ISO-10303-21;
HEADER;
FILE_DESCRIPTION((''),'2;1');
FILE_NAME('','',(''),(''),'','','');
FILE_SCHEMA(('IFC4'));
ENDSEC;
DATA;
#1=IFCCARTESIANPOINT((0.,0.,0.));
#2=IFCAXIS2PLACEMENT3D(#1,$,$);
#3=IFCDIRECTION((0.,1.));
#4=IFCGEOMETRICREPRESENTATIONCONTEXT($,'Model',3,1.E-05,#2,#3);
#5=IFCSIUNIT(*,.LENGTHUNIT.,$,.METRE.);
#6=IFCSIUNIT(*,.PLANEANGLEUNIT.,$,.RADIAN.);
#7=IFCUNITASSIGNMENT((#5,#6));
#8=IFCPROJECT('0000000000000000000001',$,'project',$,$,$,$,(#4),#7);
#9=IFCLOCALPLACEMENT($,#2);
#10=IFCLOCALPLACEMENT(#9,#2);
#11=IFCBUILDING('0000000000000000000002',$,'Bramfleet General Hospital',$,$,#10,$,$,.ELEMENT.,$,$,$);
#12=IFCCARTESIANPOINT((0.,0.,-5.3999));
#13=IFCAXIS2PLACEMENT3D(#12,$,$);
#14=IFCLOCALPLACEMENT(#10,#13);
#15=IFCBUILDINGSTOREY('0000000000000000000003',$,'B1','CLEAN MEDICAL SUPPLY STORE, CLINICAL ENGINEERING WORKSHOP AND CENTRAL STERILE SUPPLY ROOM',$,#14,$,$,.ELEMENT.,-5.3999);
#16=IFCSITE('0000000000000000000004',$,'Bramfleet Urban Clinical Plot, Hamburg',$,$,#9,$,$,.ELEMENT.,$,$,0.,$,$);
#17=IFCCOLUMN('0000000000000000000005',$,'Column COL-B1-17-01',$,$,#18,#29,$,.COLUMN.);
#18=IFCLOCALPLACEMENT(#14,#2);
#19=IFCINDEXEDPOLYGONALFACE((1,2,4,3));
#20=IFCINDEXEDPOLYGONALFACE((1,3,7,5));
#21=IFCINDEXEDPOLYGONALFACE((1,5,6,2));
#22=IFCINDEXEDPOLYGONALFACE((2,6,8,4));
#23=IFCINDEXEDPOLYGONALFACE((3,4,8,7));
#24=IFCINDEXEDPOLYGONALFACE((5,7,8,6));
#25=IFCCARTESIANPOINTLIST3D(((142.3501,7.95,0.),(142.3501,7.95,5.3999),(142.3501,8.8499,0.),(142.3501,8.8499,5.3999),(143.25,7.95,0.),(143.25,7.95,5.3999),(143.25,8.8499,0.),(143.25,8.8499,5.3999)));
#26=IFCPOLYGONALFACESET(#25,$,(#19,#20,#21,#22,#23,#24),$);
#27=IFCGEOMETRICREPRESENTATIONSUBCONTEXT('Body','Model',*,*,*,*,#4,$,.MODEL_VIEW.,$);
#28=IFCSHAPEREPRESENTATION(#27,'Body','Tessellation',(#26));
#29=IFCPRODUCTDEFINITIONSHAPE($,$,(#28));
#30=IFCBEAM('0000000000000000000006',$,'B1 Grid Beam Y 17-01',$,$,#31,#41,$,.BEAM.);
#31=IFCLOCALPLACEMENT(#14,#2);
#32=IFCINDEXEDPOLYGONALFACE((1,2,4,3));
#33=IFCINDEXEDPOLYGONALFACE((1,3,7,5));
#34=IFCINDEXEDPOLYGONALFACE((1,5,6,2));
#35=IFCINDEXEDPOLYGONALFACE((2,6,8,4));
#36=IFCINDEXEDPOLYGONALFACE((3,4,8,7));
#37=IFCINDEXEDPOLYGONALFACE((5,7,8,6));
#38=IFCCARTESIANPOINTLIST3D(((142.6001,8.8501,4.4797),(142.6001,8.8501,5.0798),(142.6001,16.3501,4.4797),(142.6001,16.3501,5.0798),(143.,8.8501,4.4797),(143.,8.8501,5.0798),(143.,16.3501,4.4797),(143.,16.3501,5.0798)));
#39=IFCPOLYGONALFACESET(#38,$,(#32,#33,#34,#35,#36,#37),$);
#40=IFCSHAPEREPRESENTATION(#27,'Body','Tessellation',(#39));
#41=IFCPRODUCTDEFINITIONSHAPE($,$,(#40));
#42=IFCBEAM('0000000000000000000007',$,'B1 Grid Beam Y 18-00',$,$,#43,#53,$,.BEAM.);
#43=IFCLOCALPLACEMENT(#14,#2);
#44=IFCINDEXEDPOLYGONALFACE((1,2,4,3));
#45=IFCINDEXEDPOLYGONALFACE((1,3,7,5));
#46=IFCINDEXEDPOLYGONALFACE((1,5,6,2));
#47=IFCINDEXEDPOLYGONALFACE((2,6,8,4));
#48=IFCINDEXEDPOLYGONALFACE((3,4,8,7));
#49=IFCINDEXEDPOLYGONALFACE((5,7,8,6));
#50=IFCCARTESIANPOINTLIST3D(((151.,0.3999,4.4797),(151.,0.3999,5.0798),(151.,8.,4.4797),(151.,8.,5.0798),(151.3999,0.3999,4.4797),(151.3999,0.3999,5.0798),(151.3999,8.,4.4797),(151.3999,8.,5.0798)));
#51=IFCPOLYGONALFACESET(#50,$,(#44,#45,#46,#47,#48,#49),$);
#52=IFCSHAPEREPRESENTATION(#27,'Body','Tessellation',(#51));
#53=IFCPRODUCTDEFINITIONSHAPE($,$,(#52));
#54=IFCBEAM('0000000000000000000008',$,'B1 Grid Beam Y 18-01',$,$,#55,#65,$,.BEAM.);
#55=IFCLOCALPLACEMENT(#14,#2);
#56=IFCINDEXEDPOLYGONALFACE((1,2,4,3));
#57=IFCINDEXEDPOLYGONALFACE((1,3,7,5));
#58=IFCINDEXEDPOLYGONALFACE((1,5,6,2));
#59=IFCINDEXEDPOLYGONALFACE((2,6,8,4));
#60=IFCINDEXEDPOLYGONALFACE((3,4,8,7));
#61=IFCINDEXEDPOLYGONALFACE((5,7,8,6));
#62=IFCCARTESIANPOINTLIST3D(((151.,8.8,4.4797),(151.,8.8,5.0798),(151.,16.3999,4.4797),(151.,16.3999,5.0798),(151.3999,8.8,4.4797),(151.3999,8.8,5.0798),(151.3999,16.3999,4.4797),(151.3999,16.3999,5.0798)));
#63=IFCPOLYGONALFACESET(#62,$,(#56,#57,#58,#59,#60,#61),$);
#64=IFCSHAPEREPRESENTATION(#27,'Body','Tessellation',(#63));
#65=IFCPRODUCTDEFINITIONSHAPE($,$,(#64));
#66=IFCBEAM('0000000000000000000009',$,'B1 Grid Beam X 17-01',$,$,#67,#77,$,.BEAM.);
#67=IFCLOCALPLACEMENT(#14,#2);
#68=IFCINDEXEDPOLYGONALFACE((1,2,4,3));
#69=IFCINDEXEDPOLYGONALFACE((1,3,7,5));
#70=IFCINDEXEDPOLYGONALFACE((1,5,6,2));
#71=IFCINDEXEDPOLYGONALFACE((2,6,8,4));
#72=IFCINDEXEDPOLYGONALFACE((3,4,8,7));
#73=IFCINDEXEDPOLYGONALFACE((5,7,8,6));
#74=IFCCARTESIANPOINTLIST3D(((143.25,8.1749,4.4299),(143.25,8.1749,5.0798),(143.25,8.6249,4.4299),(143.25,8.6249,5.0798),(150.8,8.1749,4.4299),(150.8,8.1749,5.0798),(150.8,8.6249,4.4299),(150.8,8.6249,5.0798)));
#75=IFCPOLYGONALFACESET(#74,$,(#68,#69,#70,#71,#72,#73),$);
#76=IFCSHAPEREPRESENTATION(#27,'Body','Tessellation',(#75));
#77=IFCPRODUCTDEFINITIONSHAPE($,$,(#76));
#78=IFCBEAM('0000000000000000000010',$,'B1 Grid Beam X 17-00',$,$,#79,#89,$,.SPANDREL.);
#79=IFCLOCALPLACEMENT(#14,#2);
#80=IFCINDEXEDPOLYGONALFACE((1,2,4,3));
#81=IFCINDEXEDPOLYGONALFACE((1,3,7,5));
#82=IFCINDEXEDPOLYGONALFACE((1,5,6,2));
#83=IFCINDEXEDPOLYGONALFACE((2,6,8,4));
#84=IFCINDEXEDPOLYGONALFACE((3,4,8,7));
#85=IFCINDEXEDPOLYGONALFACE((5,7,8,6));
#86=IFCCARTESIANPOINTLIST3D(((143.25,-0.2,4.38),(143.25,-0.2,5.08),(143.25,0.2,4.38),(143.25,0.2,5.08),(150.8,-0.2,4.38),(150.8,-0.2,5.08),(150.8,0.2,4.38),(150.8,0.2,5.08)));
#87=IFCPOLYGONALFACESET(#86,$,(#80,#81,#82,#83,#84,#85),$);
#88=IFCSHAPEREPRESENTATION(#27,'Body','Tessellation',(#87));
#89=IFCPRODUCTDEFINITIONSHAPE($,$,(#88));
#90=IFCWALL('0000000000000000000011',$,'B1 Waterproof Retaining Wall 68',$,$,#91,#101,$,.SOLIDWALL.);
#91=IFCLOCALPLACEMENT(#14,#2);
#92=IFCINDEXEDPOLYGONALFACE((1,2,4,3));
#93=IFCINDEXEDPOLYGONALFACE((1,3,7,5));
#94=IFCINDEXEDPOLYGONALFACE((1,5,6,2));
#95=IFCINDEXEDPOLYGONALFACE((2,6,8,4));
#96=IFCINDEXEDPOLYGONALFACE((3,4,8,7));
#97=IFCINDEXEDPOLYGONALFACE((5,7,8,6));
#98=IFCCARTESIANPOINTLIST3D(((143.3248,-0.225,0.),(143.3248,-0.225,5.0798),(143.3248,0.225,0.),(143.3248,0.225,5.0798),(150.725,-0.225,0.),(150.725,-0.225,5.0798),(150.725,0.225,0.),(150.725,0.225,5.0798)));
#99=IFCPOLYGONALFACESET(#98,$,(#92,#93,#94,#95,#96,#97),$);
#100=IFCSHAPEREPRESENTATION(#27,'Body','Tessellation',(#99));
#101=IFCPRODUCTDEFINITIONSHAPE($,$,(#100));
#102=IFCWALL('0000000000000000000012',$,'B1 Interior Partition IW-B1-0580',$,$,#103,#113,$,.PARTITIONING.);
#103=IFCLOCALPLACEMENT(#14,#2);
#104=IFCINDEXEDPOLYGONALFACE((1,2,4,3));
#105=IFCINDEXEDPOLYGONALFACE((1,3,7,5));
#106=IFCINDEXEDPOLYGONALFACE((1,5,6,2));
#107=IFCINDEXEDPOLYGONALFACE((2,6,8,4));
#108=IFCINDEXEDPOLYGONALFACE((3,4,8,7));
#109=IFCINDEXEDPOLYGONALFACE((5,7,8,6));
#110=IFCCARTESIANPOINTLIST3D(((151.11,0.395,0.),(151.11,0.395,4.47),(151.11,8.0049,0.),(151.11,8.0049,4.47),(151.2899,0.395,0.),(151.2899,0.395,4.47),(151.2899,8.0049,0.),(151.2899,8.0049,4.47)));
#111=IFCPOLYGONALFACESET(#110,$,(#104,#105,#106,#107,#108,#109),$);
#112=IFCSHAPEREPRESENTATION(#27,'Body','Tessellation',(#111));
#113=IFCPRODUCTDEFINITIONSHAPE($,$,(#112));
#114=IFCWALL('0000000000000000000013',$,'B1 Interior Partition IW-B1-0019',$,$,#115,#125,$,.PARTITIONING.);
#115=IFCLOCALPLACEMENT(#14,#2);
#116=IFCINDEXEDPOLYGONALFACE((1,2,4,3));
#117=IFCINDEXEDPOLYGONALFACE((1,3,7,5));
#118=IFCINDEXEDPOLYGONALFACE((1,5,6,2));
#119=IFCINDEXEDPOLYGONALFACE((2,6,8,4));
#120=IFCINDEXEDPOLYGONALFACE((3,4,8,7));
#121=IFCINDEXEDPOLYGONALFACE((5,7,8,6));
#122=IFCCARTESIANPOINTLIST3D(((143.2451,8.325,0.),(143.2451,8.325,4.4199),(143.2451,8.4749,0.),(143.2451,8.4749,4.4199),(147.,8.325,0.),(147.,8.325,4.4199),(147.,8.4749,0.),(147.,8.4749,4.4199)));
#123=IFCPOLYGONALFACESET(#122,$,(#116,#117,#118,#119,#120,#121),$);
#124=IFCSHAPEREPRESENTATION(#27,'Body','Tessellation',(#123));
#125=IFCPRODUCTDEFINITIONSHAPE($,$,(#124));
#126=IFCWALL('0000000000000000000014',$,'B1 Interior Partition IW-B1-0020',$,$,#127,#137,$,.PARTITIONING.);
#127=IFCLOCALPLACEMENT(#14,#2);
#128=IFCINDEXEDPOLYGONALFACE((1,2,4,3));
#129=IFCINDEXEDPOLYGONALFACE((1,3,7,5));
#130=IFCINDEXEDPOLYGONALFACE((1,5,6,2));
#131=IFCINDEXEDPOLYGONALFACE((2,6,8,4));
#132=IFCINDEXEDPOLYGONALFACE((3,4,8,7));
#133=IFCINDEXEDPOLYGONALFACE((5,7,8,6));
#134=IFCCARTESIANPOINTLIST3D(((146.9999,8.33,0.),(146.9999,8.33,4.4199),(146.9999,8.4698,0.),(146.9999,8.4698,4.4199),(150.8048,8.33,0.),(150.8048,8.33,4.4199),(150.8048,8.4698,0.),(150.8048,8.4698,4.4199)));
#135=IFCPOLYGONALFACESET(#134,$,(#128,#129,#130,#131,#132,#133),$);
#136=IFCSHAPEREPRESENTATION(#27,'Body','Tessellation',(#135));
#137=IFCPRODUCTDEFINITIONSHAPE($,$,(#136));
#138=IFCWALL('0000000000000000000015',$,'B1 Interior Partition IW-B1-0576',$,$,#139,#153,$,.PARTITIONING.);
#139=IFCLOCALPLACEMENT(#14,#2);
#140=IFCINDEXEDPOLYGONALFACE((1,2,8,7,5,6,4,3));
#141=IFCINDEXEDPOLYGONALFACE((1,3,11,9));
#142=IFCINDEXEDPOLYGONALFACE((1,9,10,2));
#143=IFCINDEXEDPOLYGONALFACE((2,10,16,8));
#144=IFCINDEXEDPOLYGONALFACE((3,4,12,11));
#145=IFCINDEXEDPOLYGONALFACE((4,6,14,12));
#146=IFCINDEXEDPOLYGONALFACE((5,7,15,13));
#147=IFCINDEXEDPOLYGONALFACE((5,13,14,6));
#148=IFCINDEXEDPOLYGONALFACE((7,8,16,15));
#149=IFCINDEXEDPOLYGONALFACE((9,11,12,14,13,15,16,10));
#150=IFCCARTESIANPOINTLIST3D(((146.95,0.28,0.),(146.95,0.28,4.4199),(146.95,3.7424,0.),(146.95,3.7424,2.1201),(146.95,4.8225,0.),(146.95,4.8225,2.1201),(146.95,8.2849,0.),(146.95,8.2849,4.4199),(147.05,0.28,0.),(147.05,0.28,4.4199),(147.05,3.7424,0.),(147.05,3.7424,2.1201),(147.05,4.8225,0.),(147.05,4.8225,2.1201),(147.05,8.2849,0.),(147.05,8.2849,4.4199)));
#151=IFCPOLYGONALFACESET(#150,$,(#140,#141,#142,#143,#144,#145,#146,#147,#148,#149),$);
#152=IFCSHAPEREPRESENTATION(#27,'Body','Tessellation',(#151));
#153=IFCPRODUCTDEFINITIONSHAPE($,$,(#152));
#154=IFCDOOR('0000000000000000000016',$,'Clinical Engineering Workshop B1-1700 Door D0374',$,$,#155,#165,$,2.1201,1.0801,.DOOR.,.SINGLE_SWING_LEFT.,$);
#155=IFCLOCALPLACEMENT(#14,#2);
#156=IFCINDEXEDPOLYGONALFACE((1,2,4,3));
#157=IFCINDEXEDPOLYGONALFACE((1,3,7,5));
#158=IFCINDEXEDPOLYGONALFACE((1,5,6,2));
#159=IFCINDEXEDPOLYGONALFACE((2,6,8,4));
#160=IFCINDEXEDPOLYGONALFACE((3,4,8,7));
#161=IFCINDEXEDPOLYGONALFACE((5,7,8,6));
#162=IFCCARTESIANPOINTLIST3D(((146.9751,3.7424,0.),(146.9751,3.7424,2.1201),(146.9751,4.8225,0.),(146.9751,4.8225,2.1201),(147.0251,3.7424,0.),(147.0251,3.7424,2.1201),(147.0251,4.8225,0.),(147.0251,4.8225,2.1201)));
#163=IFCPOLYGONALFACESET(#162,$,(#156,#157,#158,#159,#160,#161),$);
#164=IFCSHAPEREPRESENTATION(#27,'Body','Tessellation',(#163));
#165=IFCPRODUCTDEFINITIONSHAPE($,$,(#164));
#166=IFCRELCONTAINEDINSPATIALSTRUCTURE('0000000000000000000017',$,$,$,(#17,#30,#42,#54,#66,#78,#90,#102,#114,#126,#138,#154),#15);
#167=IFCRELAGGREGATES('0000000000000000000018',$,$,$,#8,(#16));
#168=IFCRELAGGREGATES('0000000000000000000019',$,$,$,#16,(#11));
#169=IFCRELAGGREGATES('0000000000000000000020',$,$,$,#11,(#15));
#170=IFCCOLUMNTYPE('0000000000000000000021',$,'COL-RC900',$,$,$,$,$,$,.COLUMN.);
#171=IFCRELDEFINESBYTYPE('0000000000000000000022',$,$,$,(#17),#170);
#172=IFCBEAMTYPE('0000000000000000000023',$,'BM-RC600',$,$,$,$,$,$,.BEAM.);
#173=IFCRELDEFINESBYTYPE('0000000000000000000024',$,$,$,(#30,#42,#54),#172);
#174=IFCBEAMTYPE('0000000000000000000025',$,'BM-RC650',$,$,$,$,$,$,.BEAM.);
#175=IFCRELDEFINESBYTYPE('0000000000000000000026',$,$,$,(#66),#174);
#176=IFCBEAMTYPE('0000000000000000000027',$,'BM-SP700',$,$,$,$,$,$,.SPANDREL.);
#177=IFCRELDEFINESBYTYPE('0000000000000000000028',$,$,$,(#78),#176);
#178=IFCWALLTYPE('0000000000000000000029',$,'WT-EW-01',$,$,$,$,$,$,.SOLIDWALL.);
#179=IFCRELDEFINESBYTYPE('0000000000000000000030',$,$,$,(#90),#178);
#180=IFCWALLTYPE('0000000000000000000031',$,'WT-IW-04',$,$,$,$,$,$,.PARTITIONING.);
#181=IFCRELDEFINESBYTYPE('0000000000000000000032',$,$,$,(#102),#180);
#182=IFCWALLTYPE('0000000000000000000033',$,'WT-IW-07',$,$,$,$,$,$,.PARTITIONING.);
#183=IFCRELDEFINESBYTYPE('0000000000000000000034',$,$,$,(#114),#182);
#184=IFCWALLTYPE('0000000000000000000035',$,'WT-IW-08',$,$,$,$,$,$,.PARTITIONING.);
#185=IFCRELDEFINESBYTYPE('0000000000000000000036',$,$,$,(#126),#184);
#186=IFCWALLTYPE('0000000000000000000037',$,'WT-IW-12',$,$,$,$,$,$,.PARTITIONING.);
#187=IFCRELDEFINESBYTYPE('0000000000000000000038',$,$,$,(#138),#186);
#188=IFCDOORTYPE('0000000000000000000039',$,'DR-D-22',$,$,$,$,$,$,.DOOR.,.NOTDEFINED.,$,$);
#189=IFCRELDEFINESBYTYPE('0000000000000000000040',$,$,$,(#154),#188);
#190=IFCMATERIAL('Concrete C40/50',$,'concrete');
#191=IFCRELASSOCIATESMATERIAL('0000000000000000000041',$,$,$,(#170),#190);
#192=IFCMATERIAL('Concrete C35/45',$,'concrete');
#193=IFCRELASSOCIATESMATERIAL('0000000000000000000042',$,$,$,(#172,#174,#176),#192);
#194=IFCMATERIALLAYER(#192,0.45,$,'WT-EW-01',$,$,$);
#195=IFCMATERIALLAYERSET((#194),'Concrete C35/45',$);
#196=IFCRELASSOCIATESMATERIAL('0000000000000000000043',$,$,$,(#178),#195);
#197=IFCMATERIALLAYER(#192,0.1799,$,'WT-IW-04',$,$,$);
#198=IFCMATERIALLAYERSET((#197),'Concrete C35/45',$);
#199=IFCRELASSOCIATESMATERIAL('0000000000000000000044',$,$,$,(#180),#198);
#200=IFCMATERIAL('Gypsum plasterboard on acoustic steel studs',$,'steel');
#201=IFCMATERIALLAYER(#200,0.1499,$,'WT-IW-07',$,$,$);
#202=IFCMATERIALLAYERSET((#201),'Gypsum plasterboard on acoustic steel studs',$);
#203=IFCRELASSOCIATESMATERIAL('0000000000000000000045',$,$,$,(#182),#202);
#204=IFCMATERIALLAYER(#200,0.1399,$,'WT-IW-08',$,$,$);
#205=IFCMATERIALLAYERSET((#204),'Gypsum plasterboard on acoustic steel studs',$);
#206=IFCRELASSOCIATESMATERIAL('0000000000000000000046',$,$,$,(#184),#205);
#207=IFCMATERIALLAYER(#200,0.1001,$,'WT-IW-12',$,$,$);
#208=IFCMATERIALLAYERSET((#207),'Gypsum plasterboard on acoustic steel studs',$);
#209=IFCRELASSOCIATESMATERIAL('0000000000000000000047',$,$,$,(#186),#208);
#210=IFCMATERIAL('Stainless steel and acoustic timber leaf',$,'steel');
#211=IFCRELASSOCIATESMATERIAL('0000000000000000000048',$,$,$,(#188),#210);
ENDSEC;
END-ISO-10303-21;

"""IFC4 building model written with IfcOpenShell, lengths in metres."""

from ifc_helpers import new_model, si_unit, direction, frame, frame_2d, origin, origin_2d, place, context, subcontext, project, spatial, rectangle, extrude, material, layer, layer_set, material_profile, profile_set, type_object, element, fill, save


model = new_model("IFC4")

# Units and contexts
model_context = context("Model", 3, precision=1e-05, world=origin(), true_north=direction((0.0, 1.0)))
body_context = subcontext(model_context, "Body", "Model", "MODEL_VIEW")
ifc_project = project(units=[si_unit("LENGTHUNIT", "METRE"), si_unit("PLANEANGLEUNIT", "RADIAN")], contexts=[model_context])

# Site, building, storey
site_placement = place(None, origin())
site = spatial("IfcSite", under=ifc_project, at=site_placement, Name="Bramfleet Urban Clinical Plot, Hamburg", CompositionType="ELEMENT", RefElevation=0.0)
building_placement = place(site_placement, origin())
building = spatial("IfcBuilding", under=site, at=building_placement, Name="Bramfleet General Hospital", CompositionType="ELEMENT")
storey_placement = place(building_placement, frame((0.0, 0.0, -5.3999)))
storey = spatial("IfcBuildingStorey", under=building, at=storey_placement, Name="B1", Description="CLEAN MEDICAL SUPPLY STORE, CLINICAL ENGINEERING WORKSHOP AND CENTRAL STERILE SUPPLY ROOM", CompositionType="ELEMENT", Elevation=-5.3999)

# Shared definitions
ifc_material_1 = material(Name="Concrete C35/45", Category="concrete")

# Column
ifc_material_2 = material(Name="Concrete C40/50", Category="concrete")
ifc_material_profile_1 = material_profile(ifc_material_2, rectangle(XDim=0.8999, YDim=0.8999, at=origin_2d()), Name="RC COL 900x900")
ifc_profile_set_1 = profile_set([ifc_material_profile_1], Name="Concrete C40/50")
column_type_1 = type_object("IfcColumnType", Name="COL-RC900", PredefinedType="COLUMN", material=ifc_profile_set_1)
column_placement = place(storey_placement, frame((142.8, 8.3999, 0.0), z_axis=(0.0, 0.0, 1.0), x_axis=(1.0, 0.0, 0.0)))
element("IfcColumn", 1, at=column_placement, inside=storey, type_object=column_type_1, Name="Column COL-B1-17-01", PredefinedType="COLUMN", context=body_context, shape_type="SweptSolid", body=[
    extrude(rectangle(XDim=0.8999, YDim=0.8999, at=origin_2d()), origin(), (0.0, 0.0, 1.0), 5.3999),
])

# Beams
ifc_material_profile_2 = material_profile(ifc_material_1, rectangle(XDim=0.3999, YDim=0.6001, at=origin_2d()), Name="RC BM 600x400")
ifc_profile_set_2 = profile_set([ifc_material_profile_2], Name="Concrete C35/45")
beam_type_1 = type_object("IfcBeamType", Name="BM-RC600", PredefinedType="BEAM", material=ifc_profile_set_2)
beam_1_placement = place(storey_placement, frame((142.8, 8.8501, 4.7798), z_axis=(0.0, 1.0, 0.0), x_axis=(-1.0, 0.0, 0.0)))
element("IfcBeam", 2, at=beam_1_placement, inside=storey, type_object=beam_type_1, Name="B1 Grid Beam Y 17-01", PredefinedType="BEAM", context=body_context, shape_type="SweptSolid", body=[
    extrude(rectangle(XDim=0.3999, YDim=0.6001, at=origin_2d()), origin(), (0.0, 0.0, 1.0), 7.5),
])
beam_2_placement = place(storey_placement, frame((151.2, 0.3999, 4.7798), z_axis=(0.0, 1.0, 0.0), x_axis=(-1.0, 0.0, 0.0)))
element("IfcBeam", 3, at=beam_2_placement, inside=storey, type_object=beam_type_1, Name="B1 Grid Beam Y 18-00", PredefinedType="BEAM", context=body_context, shape_type="SweptSolid", body=[
    extrude(rectangle(XDim=0.3999, YDim=0.6001, at=origin_2d()), origin(), (0.0, 0.0, 1.0), 7.6001),
])
beam_3_placement = place(storey_placement, frame((151.2, 8.8, 4.7798), z_axis=(0.0, 1.0, 0.0), x_axis=(-1.0, 0.0, 0.0)))
element("IfcBeam", 4, at=beam_3_placement, inside=storey, type_object=beam_type_1, Name="B1 Grid Beam Y 18-01", PredefinedType="BEAM", context=body_context, shape_type="SweptSolid", body=[
    extrude(rectangle(XDim=0.3999, YDim=0.6001, at=origin_2d()), origin(), (0.0, 0.0, 1.0), 7.5999),
])
ifc_material_profile_3 = material_profile(ifc_material_1, rectangle(XDim=0.45, YDim=0.6499, at=origin_2d()), Name="RC BM 650x450")
ifc_profile_set_3 = profile_set([ifc_material_profile_3], Name="Concrete C35/45")
beam_type_2 = type_object("IfcBeamType", Name="BM-RC650", PredefinedType="BEAM", material=ifc_profile_set_3)
beam_4_placement = place(storey_placement, frame((143.25, 8.3999, 4.7549), z_axis=(1.0, 0.0, 0.0), x_axis=(0.0, 1.0, 0.0)))
element("IfcBeam", 5, at=beam_4_placement, inside=storey, type_object=beam_type_2, Name="B1 Grid Beam X 17-01", PredefinedType="BEAM", context=body_context, shape_type="SweptSolid", body=[
    extrude(rectangle(XDim=0.45, YDim=0.6499, at=origin_2d()), origin(), (0.0, 0.0, 1.0), 7.55),
])
ifc_material_profile_4 = material_profile(ifc_material_1, rectangle(XDim=0.3999, YDim=0.7, at=origin_2d()), Name="RC SP 700x400")
ifc_profile_set_4 = profile_set([ifc_material_profile_4], Name="Concrete C35/45")
beam_type_3 = type_object("IfcBeamType", Name="BM-SP700", PredefinedType="SPANDREL", material=ifc_profile_set_4)
beam_5_placement = place(storey_placement, frame((143.25, 0.0, 4.73), z_axis=(1.0, 0.0, 0.0), x_axis=(0.0, 1.0, 0.0)))
element("IfcBeam", 6, at=beam_5_placement, inside=storey, type_object=beam_type_3, Name="B1 Grid Beam X 17-00", PredefinedType="SPANDREL", context=body_context, shape_type="SweptSolid", body=[
    extrude(rectangle(XDim=0.3999, YDim=0.7, at=origin_2d()), origin(), (0.0, 0.0, 1.0), 7.55),
])

# Walls
ifc_layer_1 = layer(ifc_material_1, 0.45, Name="WT-EW-01")
ifc_layer_set_1 = layer_set([ifc_layer_1], Name="Concrete C35/45")
wall_type_1 = type_object("IfcWallType", Name="WT-EW-01", PredefinedType="SOLIDWALL", material=ifc_layer_set_1)
wall_1_placement = place(storey_placement, frame((150.7251, 0.0, 0.0), z_axis=(0.0, 0.0, 1.0), x_axis=(-1.0, 0.0, 0.0)))
element("IfcWall", 7, at=wall_1_placement, inside=storey, type_object=wall_type_1, Name="B1 Waterproof Retaining Wall 68", PredefinedType="SOLIDWALL", context=body_context, shape_type="SweptSolid", body=[
    extrude(rectangle(XDim=7.4001, YDim=0.45, at=frame_2d((3.7002, 0.0))), origin(), (0.0, 0.0, 1.0), 5.0798),
])
ifc_layer_2 = layer(ifc_material_1, 0.1799, Name="WT-IW-04")
ifc_layer_set_2 = layer_set([ifc_layer_2], Name="Concrete C35/45")
wall_type_2 = type_object("IfcWallType", Name="WT-IW-04", PredefinedType="PARTITIONING", material=ifc_layer_set_2)
wall_2_placement = place(storey_placement, frame((151.2, 0.395, 0.0), z_axis=(0.0, 0.0, 1.0), x_axis=(0.0, 1.0, 0.0)))
element("IfcWall", 8, at=wall_2_placement, inside=storey, type_object=wall_type_2, Name="B1 Interior Partition IW-B1-0580", PredefinedType="PARTITIONING", context=body_context, shape_type="SweptSolid", body=[
    extrude(rectangle(XDim=7.6099, YDim=0.1799, at=frame_2d((3.8049, 0.0))), origin(), (0.0, 0.0, 1.0), 4.47),
])
ifc_material_3 = material(Name="Gypsum plasterboard on acoustic steel studs", Category="steel")
ifc_layer_3 = layer(ifc_material_3, 0.1499, Name="WT-IW-07")
ifc_layer_set_3 = layer_set([ifc_layer_3], Name="Gypsum plasterboard on acoustic steel studs")
wall_type_3 = type_object("IfcWallType", Name="WT-IW-07", PredefinedType="PARTITIONING", material=ifc_layer_set_3)
wall_3_placement = place(storey_placement, frame((143.2451, 8.3999, 0.0), z_axis=(0.0, 0.0, 1.0), x_axis=(1.0, 0.0, 0.0)))
element("IfcWall", 9, at=wall_3_placement, inside=storey, type_object=wall_type_3, Name="B1 Interior Partition IW-B1-0019", PredefinedType="PARTITIONING", context=body_context, shape_type="SweptSolid", body=[
    extrude(rectangle(XDim=3.7549, YDim=0.1499, at=frame_2d((1.8774, 0.0))), origin(), (0.0, 0.0, 1.0), 4.4199),
])
ifc_layer_4 = layer(ifc_material_3, 0.1399, Name="WT-IW-08")
ifc_layer_set_4 = layer_set([ifc_layer_4], Name="Gypsum plasterboard on acoustic steel studs")
wall_type_4 = type_object("IfcWallType", Name="WT-IW-08", PredefinedType="PARTITIONING", material=ifc_layer_set_4)
wall_4_placement = place(storey_placement, frame((147.0, 8.3999, 0.0), z_axis=(0.0, 0.0, 1.0), x_axis=(1.0, 0.0, 0.0)))
element("IfcWall", 10, at=wall_4_placement, inside=storey, type_object=wall_type_4, Name="B1 Interior Partition IW-B1-0020", PredefinedType="PARTITIONING", context=body_context, shape_type="SweptSolid", body=[
    extrude(rectangle(XDim=3.8049, YDim=0.1399, at=frame_2d((1.9023, 0.0))), origin(), (0.0, 0.0, 1.0), 4.4199),
])

# Wall, opening, door
ifc_layer_5 = layer(ifc_material_3, 0.1001, Name="WT-IW-12")
ifc_layer_set_5 = layer_set([ifc_layer_5], Name="Gypsum plasterboard on acoustic steel studs")
wall_type_5 = type_object("IfcWallType", Name="WT-IW-12", PredefinedType="PARTITIONING", material=ifc_layer_set_5)
wall_5_placement = place(storey_placement, frame((147.0, 0.28, 0.0), z_axis=(0.0, 0.0, 1.0), x_axis=(0.0, 1.0, 0.0)))
wall_5 = element("IfcWall", 11, at=wall_5_placement, inside=storey, type_object=wall_type_5, Name="B1 Interior Partition IW-B1-0576", PredefinedType="PARTITIONING", context=body_context, shape_type="SweptSolid", body=[
    extrude(rectangle(XDim=8.0049, YDim=0.1001, at=frame_2d((4.0024, 0.0))), origin(), (0.0, 0.0, 1.0), 4.4199),
])
opening_placement = place(wall_5_placement, frame((3.4624, 0.0, 0.0)))
opening = element("IfcOpeningElement", 12, at=opening_placement, cuts=wall_5, PredefinedType="OPENING", context=body_context, shape_type="SweptSolid", body=[
    extrude(rectangle(XDim=1.0801, YDim=2.1201, at=frame_2d((0.54, 1.0601))), frame((0.0, 0.0601, 0.0), z_axis=(0.0, -1.0, 0.0), x_axis=(1.0, 0.0, 0.0)), (0.0, 0.0, 1.0), 0.1201),
])
ifc_material_4 = material(Name="Stainless steel and acoustic timber leaf", Category="steel")
door_type = type_object("IfcDoorType", Name="DR-D-22", OperationType="NOTDEFINED", PredefinedType="DOOR", material=ifc_material_4)
door_placement = place(opening_placement, origin())
door = element("IfcDoor", 13, at=door_placement, inside=storey, type_object=door_type, Name="Clinical Engineering Workshop B1-1700 Door D0374", OperationType="SINGLE_SWING_LEFT", OverallHeight=2.1201, OverallWidth=1.0801, PredefinedType="DOOR", context=body_context, shape_type="SweptSolid", body=[
    extrude(rectangle(XDim=1.0801, YDim=2.1201, at=frame_2d((0.54, 1.0601))), frame((0.0, 0.0249, 0.0), z_axis=(0.0, -1.0, 0.0), x_axis=(1.0, 0.0, 0.0)), (0.0, 0.0, 1.0), 0.05),
])
fill(opening, door)

save(model, "model.ifc")
